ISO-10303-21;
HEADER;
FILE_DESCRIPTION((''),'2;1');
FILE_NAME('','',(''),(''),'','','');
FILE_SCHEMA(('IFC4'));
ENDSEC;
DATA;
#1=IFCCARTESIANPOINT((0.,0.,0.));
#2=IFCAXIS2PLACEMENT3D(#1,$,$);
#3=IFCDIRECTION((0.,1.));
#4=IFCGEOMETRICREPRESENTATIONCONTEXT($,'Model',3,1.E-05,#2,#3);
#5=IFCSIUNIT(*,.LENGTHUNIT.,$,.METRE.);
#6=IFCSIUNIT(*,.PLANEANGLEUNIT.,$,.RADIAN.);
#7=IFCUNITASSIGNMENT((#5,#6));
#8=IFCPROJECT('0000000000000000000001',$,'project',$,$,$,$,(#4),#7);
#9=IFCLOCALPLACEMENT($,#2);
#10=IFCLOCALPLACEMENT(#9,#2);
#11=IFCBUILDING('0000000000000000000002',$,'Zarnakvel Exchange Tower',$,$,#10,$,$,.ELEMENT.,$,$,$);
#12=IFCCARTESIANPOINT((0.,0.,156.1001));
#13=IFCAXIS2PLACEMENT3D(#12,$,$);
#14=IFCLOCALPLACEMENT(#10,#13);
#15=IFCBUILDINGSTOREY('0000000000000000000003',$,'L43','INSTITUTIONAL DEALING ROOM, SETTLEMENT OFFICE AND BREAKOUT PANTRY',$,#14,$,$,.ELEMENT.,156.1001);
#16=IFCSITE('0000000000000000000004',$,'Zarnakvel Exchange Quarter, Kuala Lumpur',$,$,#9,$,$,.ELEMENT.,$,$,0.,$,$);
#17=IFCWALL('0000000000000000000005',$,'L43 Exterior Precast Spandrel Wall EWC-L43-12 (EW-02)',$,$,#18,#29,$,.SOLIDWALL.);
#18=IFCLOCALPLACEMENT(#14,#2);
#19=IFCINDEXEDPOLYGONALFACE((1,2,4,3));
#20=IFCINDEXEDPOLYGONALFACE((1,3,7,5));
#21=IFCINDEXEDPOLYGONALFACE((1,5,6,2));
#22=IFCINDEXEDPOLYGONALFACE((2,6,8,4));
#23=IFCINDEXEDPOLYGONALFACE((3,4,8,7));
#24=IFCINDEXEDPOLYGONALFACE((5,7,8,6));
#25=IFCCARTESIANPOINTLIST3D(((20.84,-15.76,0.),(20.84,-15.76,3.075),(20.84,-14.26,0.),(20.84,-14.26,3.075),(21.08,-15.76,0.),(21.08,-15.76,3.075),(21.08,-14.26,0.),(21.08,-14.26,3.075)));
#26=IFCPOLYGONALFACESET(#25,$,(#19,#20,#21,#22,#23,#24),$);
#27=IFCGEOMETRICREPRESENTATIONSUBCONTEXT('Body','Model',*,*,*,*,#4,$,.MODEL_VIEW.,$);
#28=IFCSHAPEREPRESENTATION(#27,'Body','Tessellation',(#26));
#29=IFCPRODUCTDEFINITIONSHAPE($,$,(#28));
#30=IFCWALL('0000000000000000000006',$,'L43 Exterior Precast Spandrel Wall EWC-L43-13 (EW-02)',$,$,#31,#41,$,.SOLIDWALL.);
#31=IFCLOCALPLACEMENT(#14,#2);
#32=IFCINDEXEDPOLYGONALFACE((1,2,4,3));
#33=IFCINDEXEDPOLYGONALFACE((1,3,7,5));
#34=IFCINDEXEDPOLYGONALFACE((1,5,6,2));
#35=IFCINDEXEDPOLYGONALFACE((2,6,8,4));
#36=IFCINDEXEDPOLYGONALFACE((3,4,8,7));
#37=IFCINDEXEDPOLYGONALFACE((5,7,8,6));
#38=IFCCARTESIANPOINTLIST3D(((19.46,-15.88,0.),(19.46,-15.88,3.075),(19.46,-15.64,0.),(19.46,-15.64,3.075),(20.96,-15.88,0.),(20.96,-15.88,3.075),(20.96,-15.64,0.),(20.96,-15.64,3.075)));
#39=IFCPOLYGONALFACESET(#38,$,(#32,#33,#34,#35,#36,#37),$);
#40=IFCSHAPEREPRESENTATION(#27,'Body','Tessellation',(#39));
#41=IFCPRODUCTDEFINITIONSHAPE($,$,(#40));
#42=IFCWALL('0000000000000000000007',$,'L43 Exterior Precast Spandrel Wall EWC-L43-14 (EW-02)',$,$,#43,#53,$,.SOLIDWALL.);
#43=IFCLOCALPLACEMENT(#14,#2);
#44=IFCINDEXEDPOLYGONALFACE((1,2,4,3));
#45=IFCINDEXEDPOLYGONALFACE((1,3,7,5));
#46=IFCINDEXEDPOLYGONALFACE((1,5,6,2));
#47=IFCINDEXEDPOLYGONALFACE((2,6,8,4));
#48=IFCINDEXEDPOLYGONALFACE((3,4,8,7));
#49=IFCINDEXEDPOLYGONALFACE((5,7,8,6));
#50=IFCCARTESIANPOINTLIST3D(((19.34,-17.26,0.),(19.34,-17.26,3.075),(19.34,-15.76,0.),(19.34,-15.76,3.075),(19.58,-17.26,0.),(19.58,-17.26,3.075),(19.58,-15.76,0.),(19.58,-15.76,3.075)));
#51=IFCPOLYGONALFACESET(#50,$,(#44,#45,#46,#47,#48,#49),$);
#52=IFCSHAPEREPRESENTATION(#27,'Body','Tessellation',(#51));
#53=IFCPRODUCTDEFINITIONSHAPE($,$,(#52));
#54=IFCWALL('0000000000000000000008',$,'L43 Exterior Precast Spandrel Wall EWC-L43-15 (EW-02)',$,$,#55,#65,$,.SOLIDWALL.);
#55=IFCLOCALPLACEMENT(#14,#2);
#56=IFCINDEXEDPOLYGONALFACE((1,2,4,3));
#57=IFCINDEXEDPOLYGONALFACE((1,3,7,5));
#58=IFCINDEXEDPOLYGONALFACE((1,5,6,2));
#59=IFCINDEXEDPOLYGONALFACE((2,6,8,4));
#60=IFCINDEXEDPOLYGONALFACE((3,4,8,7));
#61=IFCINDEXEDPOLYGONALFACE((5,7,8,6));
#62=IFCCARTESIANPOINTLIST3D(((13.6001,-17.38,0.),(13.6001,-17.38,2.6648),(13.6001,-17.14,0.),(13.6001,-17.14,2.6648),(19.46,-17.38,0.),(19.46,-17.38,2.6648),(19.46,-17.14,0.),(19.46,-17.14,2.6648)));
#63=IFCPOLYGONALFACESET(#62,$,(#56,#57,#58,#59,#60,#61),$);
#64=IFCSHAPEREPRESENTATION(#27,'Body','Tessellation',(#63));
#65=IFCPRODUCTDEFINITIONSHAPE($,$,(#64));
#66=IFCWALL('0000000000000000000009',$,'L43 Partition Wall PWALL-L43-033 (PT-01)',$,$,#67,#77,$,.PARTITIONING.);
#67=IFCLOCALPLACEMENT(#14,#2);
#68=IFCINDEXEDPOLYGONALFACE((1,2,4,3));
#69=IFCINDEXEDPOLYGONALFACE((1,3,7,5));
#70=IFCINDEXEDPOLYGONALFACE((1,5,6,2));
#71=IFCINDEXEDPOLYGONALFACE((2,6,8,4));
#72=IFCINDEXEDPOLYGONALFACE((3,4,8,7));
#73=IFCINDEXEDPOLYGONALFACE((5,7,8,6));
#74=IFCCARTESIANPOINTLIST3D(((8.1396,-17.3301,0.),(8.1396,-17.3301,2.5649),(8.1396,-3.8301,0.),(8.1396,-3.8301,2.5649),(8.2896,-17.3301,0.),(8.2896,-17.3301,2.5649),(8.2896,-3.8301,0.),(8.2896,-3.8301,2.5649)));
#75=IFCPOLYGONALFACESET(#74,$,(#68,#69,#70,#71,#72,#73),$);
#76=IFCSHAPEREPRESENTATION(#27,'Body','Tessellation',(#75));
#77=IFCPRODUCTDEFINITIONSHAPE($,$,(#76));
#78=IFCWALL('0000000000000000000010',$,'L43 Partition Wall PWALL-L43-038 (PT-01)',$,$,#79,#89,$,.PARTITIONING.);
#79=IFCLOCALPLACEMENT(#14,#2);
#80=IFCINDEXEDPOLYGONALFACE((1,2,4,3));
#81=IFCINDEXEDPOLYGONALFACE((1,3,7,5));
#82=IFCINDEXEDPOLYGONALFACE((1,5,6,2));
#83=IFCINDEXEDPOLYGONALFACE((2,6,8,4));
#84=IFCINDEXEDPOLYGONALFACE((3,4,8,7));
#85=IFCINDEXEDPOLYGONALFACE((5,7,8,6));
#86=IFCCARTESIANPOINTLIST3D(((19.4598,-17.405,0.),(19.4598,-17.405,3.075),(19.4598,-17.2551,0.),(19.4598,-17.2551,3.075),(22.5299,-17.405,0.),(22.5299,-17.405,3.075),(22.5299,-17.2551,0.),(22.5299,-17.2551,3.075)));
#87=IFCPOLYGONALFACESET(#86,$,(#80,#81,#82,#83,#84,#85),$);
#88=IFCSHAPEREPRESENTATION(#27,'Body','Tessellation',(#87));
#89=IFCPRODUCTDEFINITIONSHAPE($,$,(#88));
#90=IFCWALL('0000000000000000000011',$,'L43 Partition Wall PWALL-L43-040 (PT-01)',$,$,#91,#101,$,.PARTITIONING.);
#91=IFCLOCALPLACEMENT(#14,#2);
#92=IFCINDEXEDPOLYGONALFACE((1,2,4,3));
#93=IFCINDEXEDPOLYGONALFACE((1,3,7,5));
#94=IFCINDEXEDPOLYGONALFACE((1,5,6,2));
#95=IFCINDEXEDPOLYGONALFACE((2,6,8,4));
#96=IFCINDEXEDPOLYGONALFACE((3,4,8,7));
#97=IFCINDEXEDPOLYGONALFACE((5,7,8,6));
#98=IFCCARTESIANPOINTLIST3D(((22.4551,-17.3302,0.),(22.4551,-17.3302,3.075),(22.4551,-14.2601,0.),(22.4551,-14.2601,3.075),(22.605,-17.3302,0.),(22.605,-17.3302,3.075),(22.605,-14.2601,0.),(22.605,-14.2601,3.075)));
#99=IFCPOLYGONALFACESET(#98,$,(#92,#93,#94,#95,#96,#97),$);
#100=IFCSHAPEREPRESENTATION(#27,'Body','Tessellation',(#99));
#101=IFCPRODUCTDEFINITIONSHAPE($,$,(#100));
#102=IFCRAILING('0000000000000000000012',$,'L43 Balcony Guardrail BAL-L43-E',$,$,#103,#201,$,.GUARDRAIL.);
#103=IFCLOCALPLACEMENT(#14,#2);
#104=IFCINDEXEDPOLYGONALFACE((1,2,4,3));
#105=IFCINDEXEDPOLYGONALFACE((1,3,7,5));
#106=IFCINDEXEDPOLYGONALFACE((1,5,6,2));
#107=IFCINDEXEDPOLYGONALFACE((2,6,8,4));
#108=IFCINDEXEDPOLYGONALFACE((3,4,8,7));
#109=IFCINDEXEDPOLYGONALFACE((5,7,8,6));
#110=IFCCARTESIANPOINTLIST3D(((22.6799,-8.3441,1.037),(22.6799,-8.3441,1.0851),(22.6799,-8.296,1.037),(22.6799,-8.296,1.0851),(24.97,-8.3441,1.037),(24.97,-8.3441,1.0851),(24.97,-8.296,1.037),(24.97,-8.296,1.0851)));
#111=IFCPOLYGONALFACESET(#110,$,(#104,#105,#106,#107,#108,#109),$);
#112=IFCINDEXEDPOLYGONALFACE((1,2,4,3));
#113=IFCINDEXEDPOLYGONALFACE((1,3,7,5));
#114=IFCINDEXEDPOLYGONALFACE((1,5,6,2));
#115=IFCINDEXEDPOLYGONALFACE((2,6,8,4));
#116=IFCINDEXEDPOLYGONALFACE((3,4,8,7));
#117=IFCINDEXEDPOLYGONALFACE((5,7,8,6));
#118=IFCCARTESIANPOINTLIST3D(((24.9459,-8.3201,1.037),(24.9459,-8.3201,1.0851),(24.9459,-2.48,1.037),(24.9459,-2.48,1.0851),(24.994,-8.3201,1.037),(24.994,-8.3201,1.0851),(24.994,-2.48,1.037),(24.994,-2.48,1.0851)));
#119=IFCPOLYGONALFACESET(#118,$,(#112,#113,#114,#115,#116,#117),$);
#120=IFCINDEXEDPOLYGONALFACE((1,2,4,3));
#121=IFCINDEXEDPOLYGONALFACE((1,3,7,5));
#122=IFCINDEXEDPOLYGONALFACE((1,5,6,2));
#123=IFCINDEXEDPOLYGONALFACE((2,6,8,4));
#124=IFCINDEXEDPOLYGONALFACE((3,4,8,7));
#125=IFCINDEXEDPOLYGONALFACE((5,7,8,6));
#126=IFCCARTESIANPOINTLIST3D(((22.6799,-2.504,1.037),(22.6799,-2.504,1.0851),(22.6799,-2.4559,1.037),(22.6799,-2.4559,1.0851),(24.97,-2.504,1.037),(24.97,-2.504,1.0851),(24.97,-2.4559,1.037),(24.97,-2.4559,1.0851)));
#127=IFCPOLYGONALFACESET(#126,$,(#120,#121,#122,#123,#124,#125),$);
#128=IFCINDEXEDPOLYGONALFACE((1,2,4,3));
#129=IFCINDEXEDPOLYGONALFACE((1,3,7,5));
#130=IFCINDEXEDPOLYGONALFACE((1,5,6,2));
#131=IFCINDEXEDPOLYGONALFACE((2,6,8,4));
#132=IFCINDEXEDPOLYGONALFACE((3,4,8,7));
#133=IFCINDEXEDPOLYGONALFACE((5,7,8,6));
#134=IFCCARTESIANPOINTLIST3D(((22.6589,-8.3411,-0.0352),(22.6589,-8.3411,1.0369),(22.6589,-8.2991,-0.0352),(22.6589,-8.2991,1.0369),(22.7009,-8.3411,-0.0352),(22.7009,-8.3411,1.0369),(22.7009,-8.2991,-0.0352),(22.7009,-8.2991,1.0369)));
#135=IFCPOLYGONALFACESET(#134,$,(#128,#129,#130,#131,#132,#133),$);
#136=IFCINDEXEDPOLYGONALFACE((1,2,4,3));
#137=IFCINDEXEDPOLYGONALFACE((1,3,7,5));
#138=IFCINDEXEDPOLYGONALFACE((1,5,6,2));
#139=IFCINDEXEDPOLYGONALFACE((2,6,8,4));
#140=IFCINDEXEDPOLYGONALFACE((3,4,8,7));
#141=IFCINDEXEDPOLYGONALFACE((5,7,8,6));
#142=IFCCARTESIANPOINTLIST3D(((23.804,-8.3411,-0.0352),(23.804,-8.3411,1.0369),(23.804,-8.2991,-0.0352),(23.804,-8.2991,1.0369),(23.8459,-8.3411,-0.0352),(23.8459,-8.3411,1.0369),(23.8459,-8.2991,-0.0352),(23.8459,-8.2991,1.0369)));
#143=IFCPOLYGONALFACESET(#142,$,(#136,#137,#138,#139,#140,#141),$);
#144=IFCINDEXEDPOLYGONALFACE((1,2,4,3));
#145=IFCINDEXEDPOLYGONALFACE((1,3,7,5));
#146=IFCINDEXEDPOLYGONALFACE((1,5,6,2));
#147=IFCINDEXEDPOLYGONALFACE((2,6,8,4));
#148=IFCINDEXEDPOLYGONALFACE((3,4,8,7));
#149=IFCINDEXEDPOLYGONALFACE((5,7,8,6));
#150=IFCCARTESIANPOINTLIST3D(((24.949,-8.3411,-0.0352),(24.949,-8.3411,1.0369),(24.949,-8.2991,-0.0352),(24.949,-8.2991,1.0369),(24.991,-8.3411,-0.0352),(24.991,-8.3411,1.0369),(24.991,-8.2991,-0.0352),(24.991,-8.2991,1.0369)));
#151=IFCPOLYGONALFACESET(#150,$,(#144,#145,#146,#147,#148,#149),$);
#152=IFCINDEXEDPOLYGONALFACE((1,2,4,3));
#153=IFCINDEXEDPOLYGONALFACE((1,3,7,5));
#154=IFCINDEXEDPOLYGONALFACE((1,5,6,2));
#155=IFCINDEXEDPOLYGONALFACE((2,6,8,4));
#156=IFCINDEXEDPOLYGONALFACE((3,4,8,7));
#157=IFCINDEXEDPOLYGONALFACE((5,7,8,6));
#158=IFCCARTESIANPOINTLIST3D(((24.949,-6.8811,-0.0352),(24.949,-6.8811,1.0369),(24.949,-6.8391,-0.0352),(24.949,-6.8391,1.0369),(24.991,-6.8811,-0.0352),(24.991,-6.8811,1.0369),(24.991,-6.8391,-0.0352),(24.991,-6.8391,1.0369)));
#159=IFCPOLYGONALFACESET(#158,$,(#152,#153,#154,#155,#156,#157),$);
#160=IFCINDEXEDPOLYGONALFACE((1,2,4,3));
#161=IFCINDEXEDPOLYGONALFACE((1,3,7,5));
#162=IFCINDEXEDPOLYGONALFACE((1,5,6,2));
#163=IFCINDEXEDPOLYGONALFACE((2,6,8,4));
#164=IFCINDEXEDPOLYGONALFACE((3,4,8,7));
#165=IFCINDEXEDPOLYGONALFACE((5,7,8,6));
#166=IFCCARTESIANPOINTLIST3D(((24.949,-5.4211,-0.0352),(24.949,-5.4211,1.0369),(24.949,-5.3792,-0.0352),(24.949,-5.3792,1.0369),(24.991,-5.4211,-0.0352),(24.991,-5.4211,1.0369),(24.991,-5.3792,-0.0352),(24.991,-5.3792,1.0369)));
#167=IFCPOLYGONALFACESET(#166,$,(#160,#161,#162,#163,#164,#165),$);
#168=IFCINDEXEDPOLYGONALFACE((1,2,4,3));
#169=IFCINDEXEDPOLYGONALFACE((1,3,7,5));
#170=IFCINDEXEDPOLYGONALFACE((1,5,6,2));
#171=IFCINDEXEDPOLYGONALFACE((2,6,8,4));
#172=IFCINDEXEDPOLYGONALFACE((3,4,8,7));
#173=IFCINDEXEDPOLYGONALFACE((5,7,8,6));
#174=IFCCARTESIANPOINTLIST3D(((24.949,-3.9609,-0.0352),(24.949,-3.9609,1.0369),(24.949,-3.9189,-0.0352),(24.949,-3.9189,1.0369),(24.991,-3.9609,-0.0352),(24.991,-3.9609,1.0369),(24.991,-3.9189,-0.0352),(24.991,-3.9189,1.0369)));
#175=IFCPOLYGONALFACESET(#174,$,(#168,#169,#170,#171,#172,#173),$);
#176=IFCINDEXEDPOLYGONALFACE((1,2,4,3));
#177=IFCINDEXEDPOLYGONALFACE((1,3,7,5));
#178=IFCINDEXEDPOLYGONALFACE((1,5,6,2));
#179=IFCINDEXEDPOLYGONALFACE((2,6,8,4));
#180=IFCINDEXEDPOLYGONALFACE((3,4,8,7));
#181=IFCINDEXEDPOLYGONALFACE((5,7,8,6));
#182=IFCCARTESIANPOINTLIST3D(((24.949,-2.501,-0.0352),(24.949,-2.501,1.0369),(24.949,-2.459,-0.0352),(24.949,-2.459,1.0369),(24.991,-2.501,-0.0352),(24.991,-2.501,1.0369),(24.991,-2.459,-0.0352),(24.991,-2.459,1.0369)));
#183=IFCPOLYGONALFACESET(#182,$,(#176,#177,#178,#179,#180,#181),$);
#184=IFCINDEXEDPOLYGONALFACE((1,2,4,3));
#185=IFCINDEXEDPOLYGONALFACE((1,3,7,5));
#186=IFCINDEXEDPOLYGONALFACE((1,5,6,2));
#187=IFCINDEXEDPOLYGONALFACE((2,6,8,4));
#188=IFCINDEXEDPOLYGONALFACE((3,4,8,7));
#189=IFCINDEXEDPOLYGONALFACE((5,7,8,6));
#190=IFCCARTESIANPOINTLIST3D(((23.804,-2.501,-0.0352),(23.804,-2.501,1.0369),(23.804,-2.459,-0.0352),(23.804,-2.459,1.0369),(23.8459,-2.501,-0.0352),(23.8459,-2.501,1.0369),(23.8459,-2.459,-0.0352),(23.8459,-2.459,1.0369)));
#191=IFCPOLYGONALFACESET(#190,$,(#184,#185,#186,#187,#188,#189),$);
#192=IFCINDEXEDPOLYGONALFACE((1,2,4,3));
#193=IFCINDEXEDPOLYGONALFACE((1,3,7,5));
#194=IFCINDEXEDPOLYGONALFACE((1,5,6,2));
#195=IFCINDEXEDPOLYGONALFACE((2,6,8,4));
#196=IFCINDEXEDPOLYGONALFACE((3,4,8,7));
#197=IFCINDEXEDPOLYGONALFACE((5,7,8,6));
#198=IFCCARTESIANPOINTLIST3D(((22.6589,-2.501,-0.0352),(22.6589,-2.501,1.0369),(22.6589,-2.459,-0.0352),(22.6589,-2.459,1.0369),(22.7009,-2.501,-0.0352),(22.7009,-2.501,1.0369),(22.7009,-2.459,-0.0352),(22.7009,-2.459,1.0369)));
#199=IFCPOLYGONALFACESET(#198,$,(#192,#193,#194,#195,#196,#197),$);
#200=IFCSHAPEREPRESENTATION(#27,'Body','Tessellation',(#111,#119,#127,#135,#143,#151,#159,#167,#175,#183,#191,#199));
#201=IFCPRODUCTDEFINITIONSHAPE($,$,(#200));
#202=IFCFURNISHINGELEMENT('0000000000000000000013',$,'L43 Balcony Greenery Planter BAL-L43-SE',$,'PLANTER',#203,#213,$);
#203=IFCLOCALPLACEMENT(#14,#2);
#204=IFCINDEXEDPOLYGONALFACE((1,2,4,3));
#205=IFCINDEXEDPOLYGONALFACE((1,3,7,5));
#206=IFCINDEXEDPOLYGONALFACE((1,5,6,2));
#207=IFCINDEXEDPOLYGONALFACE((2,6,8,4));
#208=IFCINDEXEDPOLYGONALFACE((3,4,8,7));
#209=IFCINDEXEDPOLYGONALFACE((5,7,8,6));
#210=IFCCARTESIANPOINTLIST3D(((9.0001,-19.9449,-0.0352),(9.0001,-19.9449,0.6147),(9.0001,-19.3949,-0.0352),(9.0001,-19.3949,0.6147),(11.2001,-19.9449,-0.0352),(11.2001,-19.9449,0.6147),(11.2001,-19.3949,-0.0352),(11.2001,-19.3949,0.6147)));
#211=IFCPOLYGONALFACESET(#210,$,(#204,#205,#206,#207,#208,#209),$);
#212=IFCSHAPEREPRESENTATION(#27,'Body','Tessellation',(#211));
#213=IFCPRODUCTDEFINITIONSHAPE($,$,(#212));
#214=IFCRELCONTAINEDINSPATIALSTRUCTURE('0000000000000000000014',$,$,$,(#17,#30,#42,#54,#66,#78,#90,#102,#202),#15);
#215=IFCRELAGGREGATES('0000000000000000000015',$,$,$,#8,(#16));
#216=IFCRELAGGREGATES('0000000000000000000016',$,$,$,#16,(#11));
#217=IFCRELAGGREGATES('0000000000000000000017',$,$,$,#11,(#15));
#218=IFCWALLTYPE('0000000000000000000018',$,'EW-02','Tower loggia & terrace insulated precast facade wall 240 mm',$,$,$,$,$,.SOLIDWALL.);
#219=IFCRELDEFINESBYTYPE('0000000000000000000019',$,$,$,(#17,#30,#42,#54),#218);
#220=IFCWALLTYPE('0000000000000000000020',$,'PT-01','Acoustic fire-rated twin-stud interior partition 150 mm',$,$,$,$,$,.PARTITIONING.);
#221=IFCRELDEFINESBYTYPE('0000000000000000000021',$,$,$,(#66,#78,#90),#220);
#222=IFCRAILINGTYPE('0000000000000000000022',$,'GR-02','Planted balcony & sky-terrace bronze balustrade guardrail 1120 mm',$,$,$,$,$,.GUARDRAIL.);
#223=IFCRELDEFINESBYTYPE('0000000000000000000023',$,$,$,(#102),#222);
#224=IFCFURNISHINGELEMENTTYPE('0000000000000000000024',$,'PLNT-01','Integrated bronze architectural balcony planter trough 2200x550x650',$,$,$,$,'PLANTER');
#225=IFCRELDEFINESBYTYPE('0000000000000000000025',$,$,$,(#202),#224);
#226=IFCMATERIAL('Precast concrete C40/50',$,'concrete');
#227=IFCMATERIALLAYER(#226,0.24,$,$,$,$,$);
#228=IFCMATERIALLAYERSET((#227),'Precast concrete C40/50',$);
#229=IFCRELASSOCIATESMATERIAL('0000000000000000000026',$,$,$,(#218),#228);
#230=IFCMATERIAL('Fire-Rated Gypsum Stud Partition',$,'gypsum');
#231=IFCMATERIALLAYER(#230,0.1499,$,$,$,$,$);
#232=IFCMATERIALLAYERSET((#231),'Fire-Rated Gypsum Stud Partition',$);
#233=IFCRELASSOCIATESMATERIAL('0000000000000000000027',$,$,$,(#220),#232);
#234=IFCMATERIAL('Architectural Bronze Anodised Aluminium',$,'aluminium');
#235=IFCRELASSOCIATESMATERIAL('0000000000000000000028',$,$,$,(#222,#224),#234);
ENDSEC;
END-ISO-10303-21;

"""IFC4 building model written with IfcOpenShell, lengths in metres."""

from ifc_helpers import new_model, si_unit, direction, frame, frame_2d, origin, origin_2d, place, context, subcontext, project, spatial, rectangle, extrude, source, transform, mapped, material, layer, layer_set, type_object, element, save


model = new_model("IFC4")

# Units and contexts
model_context = context("Model", 3, precision=1e-05, world=origin(), true_north=direction((0.0, 1.0)))
body_context = subcontext(model_context, "Body", "Model", "MODEL_VIEW")
ifc_project = project(units=[si_unit("LENGTHUNIT", "METRE"), si_unit("PLANEANGLEUNIT", "RADIAN")], contexts=[model_context])

# Site, building, storey
site_placement = place(None, origin())
site = spatial("IfcSite", under=ifc_project, at=site_placement, Name="Zarnakvel Exchange Quarter, Kuala Lumpur", CompositionType="ELEMENT", RefElevation=0.0)
building_placement = place(site_placement, origin())
building = spatial("IfcBuilding", under=site, at=building_placement, Name="Zarnakvel Exchange Tower", CompositionType="ELEMENT")
storey_placement = place(building_placement, frame((0.0, 0.0, 156.1001)))
storey = spatial("IfcBuildingStorey", under=building, at=storey_placement, Name="L43", Description="INSTITUTIONAL DEALING ROOM, SETTLEMENT OFFICE AND BREAKOUT PANTRY", CompositionType="ELEMENT", Elevation=156.1001)

# Shared definitions
ifc_material_1 = material(Name="Precast concrete C40/50", Category="concrete")
ifc_layer_1 = layer(ifc_material_1, 0.24)
ifc_layer_set_1 = layer_set([ifc_layer_1], Name="Precast concrete C40/50")
wall_type_1 = type_object("IfcWallType", Name="EW-02", Description="Tower loggia & terrace insulated precast facade wall 240 mm", PredefinedType="SOLIDWALL", material=ifc_layer_set_1)
ifc_material_2 = material(Name="Architectural Bronze Anodised Aluminium", Category="aluminium")

# Walls
for number, where, z_axis, x_axis, name in (
    (1, (20.96, -15.76, 0.0), (0.0, 0.0, 1.0), (0.0, 1.0, 0.0), "L43 Exterior Precast Spandrel Wall EWC-L43-12 (EW-02)"),
    (2, (19.46, -15.76, 0.0), (0.0, 0.0, 1.0), (1.0, 0.0, 0.0), "L43 Exterior Precast Spandrel Wall EWC-L43-13 (EW-02)"),
    (3, (19.46, -17.26, 0.0), (0.0, 0.0, 1.0), (0.0, 1.0, 0.0), "L43 Exterior Precast Spandrel Wall EWC-L43-14 (EW-02)"),
):
    element("IfcWall", number, at=place(storey_placement, frame(where, z_axis=z_axis, x_axis=x_axis)), inside=storey, type_object=wall_type_1, Name=name, PredefinedType="SOLIDWALL", context=body_context, shape_type="SweptSolid", body=[
        extrude(rectangle(XDim=1.5, YDim=0.24, at=frame_2d((0.75, 0.0))), origin(), (0.0, 0.0, 1.0), 3.075),
    ])
wall_1_placement = place(storey_placement, frame((13.6001, -17.26, 0.0), z_axis=(0.0, 0.0, 1.0), x_axis=(1.0, 0.0, 0.0)))
element("IfcWall", 4, at=wall_1_placement, inside=storey, type_object=wall_type_1, Name="L43 Exterior Precast Spandrel Wall EWC-L43-15 (EW-02)", PredefinedType="SOLIDWALL", context=body_context, shape_type="SweptSolid", body=[
    extrude(rectangle(XDim=5.8599, YDim=0.24, at=frame_2d((2.9299, 0.0))), origin(), (0.0, 0.0, 1.0), 2.6648),
])
ifc_material_3 = material(Name="Fire-Rated Gypsum Stud Partition", Category="gypsum")
ifc_layer_2 = layer(ifc_material_3, 0.1499)
ifc_layer_set_2 = layer_set([ifc_layer_2], Name="Fire-Rated Gypsum Stud Partition")
wall_type_2 = type_object("IfcWallType", Name="PT-01", Description="Acoustic fire-rated twin-stud interior partition 150 mm", PredefinedType="PARTITIONING", material=ifc_layer_set_2)
wall_2_placement = place(storey_placement, frame((8.2146, -17.3301, 0.0), z_axis=(0.0, 0.0, 1.0), x_axis=(0.0, 1.0, 0.0)))
element("IfcWall", 5, at=wall_2_placement, inside=storey, type_object=wall_type_2, Name="L43 Partition Wall PWALL-L43-033 (PT-01)", PredefinedType="PARTITIONING", context=body_context, shape_type="SweptSolid", body=[
    extrude(rectangle(XDim=13.5, YDim=0.1499, at=frame_2d((6.75, 0.0))), origin(), (0.0, 0.0, 1.0), 2.5649),
])
for number, where, z_axis, x_axis, name in (
    (6, (22.53, -17.3301, 0.0), (0.0, 0.0, 1.0), (-1.0, 0.0, 0.0), "L43 Partition Wall PWALL-L43-038 (PT-01)"),
    (7, (22.53, -14.26, 0.0), (0.0, 0.0, 1.0), (0.0, -1.0, 0.0), "L43 Partition Wall PWALL-L43-040 (PT-01)"),
):
    element("IfcWall", number, at=place(storey_placement, frame(where, z_axis=z_axis, x_axis=x_axis)), inside=storey, type_object=wall_type_2, Name=name, PredefinedType="PARTITIONING", context=body_context, shape_type="SweptSolid", body=[
        extrude(rectangle(XDim=3.0701, YDim=0.1499, at=frame_2d((1.5352, 0.0))), origin(), (0.0, 0.0, 1.0), 3.075),
    ])

# Railing
railing_type = type_object("IfcRailingType", Name="GR-02", Description="Planted balcony & sky-terrace bronze balustrade guardrail 1120 mm", PredefinedType="GUARDRAIL", material=ifc_material_2)
railing_placement = place(storey_placement, frame((22.6799, -8.3201, -0.0352)))
element("IfcRailing", 8, at=railing_placement, inside=storey, type_object=railing_type, Name="L43 Balcony Guardrail BAL-L43-E", PredefinedType="GUARDRAIL", context=body_context, shape_type="SweptSolid", body=[
    extrude(rectangle(XDim=0.0481, YDim=0.0481, at=origin_2d()), frame((0.0, 0.0, 1.0962), z_axis=(1.0, 0.0, 0.0), x_axis=(0.0, 1.0, 0.0)), (0.0, 0.0, 1.0), 2.29),
    extrude(rectangle(XDim=0.0481, YDim=0.0481, at=origin_2d()), frame((2.29, 0.0, 1.0962), z_axis=(0.0, 1.0, 0.0), x_axis=(-1.0, 0.0, 0.0)), (0.0, 0.0, 1.0), 5.8401),
    extrude(rectangle(XDim=0.0481, YDim=0.0481, at=origin_2d()), frame((2.29, 5.8401, 1.0962), z_axis=(-1.0, 0.0, 0.0), x_axis=(0.0, -1.0, 0.0)), (0.0, 0.0, 1.0), 2.29),
    extrude(rectangle(XDim=0.042, YDim=0.042, at=origin_2d()), origin(), (0.0, 0.0, 1.0), 1.072),
    extrude(rectangle(XDim=0.042, YDim=0.042, at=origin_2d()), frame((1.145, 0.0, 0.0)), (0.0, 0.0, 1.0), 1.072),
    extrude(rectangle(XDim=0.042, YDim=0.042, at=origin_2d()), frame((2.29, 0.0, 0.0)), (0.0, 0.0, 1.0), 1.072),
    extrude(rectangle(XDim=0.042, YDim=0.042, at=origin_2d()), frame((2.29, 1.46, 0.0)), (0.0, 0.0, 1.0), 1.072),
    extrude(rectangle(XDim=0.042, YDim=0.042, at=origin_2d()), frame((2.29, 2.9199, 0.0)), (0.0, 0.0, 1.0), 1.072),
    extrude(rectangle(XDim=0.042, YDim=0.042, at=origin_2d()), frame((2.29, 4.3801, 0.0)), (0.0, 0.0, 1.0), 1.072),
    extrude(rectangle(XDim=0.042, YDim=0.042, at=origin_2d()), frame((2.29, 5.8401, 0.0)), (0.0, 0.0, 1.0), 1.072),
    extrude(rectangle(XDim=0.042, YDim=0.042, at=origin_2d()), frame((1.145, 5.8401, 0.0)), (0.0, 0.0, 1.0), 1.072),
    extrude(rectangle(XDim=0.042, YDim=0.042, at=origin_2d()), frame((0.0, 5.8401, 0.0)), (0.0, 0.0, 1.0), 1.072),
])

# Furnishing element
furnishing_element_type = type_object("IfcFurnishingElementType", Name="PLNT-01", Description="Integrated bronze architectural balcony planter trough 2200x550x650", ElementType="PLANTER", material=ifc_material_2)
shared_shape_1 = source(origin(), body_context, "Body", "SweptSolid", [
    extrude(rectangle(XDim=2.2, YDim=0.55, at=origin_2d()), origin(), (0.0, 0.0, 1.0), 0.6499),
])
furnishing_placement = place(storey_placement, frame((10.1001, -19.6699, -0.0352), z_axis=(0.0, 0.0, 1.0), x_axis=(1.0, 0.0, 0.0)))
element("IfcFurnishingElement", 9, at=furnishing_placement, inside=storey, type_object=furnishing_element_type, Name="L43 Balcony Greenery Planter BAL-L43-SE", ObjectType="PLANTER", context=body_context, shape_type="MappedRepresentation", body=[
    mapped(shared_shape_1, transform((0.0, 0.0, 0.0), x_axis=(1.0, 0.0, 0.0), y_axis=(0.0, 1.0, 0.0), z_axis=(0.0, 0.0, 1.0), scale=1.0)),
])

save(model, "model.ifc")
